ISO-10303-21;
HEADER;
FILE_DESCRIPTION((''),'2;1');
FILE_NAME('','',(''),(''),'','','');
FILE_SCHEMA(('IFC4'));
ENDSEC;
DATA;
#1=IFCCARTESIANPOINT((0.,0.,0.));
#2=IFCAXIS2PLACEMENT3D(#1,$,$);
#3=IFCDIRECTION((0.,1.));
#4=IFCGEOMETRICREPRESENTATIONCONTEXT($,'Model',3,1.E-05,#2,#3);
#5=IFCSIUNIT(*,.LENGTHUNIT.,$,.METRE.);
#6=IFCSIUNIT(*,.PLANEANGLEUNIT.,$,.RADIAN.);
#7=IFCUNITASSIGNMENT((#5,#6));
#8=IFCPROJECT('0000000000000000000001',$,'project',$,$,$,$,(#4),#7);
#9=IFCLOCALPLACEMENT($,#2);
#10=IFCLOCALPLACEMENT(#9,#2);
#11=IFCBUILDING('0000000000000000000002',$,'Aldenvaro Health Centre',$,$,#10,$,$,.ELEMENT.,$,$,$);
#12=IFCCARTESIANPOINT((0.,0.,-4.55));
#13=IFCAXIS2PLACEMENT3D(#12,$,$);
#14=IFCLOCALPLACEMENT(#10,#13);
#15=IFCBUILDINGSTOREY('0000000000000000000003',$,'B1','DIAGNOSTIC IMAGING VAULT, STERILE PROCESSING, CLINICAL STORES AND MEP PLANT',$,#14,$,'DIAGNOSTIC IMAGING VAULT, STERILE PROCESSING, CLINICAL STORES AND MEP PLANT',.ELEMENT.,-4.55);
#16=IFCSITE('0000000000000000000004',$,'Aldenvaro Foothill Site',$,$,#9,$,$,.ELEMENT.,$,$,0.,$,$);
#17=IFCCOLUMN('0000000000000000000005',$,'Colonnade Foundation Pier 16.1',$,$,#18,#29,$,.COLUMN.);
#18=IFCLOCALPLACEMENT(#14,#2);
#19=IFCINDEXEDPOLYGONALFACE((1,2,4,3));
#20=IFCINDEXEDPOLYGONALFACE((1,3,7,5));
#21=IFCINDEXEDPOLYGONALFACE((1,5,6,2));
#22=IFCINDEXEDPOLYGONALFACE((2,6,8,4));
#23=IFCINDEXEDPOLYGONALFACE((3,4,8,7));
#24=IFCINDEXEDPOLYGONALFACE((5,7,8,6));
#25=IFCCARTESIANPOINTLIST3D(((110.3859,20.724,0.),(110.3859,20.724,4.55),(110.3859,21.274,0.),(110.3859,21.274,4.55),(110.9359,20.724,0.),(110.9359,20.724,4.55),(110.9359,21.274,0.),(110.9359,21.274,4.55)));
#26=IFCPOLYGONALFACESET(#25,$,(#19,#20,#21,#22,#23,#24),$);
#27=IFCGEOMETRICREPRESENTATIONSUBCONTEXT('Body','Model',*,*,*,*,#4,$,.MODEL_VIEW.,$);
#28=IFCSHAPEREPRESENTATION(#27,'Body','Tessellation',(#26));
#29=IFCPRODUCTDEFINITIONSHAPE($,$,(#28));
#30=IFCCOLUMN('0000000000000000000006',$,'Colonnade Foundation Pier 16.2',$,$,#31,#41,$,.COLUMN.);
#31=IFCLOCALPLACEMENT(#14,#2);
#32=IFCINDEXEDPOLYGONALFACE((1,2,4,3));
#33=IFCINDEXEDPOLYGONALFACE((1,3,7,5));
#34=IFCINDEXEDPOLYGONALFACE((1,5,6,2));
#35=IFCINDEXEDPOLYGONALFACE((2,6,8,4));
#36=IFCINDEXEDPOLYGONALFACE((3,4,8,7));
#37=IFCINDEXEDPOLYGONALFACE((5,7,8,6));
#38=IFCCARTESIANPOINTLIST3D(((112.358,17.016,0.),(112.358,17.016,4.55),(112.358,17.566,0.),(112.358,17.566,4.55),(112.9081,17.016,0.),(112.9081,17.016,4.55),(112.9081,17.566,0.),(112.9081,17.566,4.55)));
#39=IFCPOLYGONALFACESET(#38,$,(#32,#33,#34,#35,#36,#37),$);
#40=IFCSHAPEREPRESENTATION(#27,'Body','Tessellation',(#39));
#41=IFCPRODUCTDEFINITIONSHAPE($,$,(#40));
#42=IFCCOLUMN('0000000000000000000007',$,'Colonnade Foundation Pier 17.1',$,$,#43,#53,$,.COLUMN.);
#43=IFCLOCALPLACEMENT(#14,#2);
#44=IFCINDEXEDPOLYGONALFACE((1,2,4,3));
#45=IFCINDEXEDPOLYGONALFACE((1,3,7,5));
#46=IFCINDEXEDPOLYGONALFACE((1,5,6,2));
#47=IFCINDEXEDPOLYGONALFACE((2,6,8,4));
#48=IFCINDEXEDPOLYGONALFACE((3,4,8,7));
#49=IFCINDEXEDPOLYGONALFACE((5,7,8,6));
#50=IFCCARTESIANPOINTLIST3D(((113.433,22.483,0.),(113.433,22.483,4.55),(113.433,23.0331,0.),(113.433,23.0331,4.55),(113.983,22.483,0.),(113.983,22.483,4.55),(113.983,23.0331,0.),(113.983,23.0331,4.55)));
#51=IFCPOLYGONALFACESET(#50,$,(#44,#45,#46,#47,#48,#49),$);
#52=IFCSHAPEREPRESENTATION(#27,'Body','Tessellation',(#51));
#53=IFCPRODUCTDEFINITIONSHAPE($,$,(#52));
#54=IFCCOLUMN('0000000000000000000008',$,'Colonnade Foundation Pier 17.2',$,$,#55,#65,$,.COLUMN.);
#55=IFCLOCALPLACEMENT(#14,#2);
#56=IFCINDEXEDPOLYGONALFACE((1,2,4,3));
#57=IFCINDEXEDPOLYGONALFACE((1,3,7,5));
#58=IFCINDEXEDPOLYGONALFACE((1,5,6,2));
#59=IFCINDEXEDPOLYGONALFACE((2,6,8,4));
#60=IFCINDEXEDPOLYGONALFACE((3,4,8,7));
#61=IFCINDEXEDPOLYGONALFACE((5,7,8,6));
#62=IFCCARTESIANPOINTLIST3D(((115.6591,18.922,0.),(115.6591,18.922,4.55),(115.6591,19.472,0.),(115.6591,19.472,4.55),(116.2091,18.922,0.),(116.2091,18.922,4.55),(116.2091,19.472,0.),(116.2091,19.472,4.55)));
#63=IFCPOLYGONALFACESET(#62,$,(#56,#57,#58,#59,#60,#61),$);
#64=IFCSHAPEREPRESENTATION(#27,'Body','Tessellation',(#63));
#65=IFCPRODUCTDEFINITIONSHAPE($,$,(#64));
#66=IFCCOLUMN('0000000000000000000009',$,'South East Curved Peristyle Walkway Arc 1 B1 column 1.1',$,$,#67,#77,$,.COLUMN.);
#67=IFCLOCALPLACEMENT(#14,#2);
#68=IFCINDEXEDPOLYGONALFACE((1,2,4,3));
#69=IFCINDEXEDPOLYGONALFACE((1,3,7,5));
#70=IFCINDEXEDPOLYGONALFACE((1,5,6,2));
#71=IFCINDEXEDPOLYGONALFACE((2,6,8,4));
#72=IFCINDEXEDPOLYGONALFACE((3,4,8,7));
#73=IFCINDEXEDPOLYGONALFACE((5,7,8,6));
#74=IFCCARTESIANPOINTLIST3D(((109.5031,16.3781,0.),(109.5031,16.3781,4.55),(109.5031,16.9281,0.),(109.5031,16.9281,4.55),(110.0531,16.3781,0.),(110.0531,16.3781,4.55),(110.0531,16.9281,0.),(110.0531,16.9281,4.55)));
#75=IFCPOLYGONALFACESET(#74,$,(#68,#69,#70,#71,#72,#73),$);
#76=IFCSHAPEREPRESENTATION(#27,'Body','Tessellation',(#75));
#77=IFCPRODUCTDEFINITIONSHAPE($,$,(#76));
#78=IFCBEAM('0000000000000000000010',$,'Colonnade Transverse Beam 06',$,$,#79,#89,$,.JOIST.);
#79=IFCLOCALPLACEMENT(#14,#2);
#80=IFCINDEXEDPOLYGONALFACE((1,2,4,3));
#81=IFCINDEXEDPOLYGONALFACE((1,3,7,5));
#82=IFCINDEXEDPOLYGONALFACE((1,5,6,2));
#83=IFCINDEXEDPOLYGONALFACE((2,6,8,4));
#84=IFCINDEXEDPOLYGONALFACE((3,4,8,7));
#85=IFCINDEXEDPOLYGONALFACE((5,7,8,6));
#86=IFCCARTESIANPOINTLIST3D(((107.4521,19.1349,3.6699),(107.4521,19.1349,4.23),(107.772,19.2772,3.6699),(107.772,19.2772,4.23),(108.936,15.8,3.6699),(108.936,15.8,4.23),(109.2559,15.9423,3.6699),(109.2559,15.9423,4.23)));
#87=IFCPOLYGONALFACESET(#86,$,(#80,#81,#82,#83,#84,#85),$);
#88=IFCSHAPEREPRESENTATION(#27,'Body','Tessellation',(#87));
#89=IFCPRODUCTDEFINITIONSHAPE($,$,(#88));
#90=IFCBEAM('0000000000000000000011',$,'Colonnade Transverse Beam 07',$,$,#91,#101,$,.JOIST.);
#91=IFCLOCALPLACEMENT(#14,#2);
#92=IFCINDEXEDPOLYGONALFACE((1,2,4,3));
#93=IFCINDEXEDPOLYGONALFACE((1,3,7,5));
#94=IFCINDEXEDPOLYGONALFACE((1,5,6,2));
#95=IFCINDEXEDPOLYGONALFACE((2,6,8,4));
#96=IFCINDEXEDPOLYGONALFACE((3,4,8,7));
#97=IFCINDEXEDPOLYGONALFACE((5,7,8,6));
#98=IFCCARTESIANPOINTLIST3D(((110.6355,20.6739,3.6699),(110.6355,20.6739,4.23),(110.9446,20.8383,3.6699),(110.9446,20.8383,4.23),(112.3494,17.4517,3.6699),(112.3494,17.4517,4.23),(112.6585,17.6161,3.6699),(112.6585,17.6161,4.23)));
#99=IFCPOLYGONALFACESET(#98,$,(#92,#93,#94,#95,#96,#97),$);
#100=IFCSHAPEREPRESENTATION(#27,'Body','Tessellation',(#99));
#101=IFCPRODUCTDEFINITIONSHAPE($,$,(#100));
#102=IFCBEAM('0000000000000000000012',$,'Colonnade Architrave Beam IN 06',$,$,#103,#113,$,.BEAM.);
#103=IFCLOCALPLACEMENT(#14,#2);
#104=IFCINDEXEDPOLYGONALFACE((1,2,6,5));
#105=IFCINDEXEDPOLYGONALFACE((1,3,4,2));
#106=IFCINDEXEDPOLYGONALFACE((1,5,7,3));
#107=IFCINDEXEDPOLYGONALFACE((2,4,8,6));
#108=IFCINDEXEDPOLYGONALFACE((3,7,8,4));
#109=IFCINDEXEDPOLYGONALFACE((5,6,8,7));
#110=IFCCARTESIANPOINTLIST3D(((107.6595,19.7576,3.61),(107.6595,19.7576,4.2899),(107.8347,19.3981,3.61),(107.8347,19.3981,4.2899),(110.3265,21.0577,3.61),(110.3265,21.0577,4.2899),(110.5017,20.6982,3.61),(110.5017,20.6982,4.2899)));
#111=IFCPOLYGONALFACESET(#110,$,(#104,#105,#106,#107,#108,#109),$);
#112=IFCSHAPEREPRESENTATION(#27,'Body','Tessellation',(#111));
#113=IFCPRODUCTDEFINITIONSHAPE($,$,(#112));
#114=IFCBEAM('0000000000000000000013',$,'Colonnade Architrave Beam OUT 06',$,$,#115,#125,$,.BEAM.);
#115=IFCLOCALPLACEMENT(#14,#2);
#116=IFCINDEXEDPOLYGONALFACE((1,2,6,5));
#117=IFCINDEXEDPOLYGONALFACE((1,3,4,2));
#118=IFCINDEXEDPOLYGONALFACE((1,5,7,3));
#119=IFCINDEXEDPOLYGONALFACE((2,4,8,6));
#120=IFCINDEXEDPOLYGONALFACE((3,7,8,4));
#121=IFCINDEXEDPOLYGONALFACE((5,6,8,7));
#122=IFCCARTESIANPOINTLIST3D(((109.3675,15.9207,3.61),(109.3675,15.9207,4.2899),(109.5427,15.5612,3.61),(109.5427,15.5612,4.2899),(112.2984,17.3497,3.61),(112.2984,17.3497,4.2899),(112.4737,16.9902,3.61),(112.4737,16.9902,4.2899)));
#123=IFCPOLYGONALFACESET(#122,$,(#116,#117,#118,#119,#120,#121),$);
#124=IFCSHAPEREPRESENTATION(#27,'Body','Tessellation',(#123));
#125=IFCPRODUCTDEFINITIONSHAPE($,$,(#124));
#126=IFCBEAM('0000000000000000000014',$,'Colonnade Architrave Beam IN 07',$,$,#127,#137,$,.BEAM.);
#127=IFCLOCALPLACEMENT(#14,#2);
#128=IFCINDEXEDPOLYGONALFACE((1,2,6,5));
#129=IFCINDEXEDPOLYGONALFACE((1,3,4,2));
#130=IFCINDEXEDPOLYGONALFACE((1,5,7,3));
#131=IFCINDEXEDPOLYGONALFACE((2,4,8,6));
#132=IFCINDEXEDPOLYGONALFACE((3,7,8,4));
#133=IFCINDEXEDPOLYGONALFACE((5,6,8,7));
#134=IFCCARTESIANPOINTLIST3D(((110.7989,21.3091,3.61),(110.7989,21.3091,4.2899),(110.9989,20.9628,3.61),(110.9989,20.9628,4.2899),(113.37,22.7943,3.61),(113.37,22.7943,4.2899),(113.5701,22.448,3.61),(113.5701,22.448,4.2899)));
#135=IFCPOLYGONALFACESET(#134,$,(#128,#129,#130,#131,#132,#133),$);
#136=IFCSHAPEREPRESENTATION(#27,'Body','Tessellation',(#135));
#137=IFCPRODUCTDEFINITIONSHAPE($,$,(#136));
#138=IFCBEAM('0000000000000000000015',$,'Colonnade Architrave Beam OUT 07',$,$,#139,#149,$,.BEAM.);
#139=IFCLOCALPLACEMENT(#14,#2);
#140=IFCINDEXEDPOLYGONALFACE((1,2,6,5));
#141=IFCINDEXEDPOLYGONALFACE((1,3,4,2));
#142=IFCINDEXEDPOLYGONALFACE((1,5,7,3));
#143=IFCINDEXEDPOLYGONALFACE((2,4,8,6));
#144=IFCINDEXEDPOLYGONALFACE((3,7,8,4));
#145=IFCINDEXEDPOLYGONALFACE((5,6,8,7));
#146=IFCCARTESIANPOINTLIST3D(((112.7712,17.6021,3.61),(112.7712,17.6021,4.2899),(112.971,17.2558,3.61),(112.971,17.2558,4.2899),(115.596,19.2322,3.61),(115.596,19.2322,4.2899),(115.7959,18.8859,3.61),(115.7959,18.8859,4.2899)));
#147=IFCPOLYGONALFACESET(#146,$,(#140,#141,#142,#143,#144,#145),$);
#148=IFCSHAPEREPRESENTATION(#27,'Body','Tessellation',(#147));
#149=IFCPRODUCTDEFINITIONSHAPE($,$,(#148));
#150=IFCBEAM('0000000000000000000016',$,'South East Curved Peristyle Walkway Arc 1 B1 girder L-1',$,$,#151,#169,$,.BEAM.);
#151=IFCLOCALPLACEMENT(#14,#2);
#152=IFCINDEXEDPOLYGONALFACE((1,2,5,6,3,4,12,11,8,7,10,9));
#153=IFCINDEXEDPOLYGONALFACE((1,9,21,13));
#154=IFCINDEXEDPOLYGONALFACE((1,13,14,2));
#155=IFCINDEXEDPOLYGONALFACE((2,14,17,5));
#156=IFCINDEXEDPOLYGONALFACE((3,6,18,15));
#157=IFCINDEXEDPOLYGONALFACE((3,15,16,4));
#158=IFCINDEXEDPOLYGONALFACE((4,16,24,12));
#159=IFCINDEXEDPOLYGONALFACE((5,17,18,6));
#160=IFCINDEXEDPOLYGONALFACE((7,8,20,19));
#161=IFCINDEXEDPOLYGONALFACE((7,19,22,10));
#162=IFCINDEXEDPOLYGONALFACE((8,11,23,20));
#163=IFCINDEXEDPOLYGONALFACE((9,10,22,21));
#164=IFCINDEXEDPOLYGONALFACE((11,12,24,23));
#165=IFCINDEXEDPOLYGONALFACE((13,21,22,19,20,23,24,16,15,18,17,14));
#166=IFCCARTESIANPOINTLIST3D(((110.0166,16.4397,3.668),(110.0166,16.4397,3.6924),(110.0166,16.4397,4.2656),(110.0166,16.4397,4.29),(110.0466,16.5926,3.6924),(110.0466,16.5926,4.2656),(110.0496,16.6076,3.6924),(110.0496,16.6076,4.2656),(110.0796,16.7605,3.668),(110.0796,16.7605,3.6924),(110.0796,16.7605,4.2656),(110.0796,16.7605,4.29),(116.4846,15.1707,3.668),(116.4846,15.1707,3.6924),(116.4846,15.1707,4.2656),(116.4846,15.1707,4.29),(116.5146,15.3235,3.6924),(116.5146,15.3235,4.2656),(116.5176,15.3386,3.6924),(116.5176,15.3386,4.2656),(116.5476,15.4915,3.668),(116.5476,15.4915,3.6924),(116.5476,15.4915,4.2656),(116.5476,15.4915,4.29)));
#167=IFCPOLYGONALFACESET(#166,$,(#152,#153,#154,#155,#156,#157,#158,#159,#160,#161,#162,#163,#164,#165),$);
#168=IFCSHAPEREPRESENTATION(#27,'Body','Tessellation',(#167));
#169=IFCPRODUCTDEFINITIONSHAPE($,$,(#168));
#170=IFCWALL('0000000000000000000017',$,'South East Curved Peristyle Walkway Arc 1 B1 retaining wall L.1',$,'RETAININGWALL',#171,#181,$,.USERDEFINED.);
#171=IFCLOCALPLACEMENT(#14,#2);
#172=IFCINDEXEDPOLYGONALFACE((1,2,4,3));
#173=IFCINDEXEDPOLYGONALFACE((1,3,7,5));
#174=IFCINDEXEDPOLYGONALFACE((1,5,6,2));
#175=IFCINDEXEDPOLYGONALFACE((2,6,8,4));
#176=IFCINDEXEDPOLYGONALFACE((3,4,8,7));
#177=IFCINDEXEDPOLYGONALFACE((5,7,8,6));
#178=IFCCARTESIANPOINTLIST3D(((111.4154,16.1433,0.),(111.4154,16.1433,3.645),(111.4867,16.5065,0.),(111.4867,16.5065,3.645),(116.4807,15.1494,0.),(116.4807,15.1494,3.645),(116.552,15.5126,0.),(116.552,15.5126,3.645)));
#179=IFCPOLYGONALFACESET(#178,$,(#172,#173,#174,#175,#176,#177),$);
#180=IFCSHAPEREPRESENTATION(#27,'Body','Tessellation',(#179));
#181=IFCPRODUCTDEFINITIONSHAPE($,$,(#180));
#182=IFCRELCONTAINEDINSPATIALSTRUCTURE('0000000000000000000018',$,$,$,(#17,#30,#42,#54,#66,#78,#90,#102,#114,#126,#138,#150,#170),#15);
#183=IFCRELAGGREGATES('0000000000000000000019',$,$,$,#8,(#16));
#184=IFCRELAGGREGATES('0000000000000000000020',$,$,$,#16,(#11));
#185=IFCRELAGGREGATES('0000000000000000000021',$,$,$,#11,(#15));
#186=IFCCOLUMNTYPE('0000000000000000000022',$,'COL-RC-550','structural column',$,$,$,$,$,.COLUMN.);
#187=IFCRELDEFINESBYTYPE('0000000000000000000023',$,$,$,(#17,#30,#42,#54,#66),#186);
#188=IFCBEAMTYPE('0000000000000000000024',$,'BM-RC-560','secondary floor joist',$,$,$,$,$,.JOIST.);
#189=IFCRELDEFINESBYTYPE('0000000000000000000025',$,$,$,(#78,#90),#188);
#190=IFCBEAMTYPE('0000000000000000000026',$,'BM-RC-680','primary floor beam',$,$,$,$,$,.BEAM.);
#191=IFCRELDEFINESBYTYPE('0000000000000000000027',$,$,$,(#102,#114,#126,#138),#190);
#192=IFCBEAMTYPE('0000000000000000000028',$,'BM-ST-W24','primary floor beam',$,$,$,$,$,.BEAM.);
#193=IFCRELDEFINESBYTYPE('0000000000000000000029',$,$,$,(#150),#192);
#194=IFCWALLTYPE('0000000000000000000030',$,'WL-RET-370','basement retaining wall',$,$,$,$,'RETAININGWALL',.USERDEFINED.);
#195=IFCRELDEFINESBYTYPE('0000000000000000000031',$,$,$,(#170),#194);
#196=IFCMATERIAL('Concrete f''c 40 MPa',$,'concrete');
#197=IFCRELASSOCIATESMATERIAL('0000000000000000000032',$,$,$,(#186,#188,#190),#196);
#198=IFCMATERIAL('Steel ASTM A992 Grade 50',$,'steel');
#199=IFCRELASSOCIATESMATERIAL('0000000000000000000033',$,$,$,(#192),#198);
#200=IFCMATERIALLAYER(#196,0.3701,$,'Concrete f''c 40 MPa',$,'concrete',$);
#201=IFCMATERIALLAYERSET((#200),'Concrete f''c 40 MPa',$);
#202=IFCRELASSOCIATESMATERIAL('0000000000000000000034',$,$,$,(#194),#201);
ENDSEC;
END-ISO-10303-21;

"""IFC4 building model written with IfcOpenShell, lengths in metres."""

from ifc_helpers import new_model, si_unit, direction, frame, frame_2d, origin, origin_2d, place, context, subcontext, project, spatial, rectangle, i_section, extrude, material, layer, layer_set, material_profile, profile_set, type_object, element, save


model = new_model("IFC4")

# Units and contexts
model_context = context("Model", 3, precision=1e-05, world=origin(), true_north=direction((0.0, 1.0)))
body_context = subcontext(model_context, "Body", "Model", "MODEL_VIEW")
ifc_project = project(units=[si_unit("LENGTHUNIT", "METRE"), si_unit("PLANEANGLEUNIT", "RADIAN")], contexts=[model_context])

# Site, building, storey
site_placement = place(None, origin())
site = spatial("IfcSite", under=ifc_project, at=site_placement, Name="Aldenvaro Foothill Site", CompositionType="ELEMENT", RefElevation=0.0)
building_placement = place(site_placement, origin())
building = spatial("IfcBuilding", under=site, at=building_placement, Name="Aldenvaro Health Centre", CompositionType="ELEMENT")
storey_placement = place(building_placement, frame((0.0, 0.0, -4.55)))
storey = spatial("IfcBuildingStorey", under=building, at=storey_placement, Name="B1", Description="DIAGNOSTIC IMAGING VAULT, STERILE PROCESSING, CLINICAL STORES AND MEP PLANT", LongName="DIAGNOSTIC IMAGING VAULT, STERILE PROCESSING, CLINICAL STORES AND MEP PLANT", CompositionType="ELEMENT", Elevation=-4.55)

# Shared definitions
ifc_material_1 = material(Name="Concrete f'c 40 MPa", Category="concrete")

# Columns
ifc_material_profile_1 = material_profile(ifc_material_1, rectangle(XDim=0.55, YDim=0.55, at=origin_2d()), Name="RC 550x550", Category="concrete")
ifc_profile_set_1 = profile_set([ifc_material_profile_1], Name="Concrete f'c 40 MPa")
column_type = type_object("IfcColumnType", Name="COL-RC-550", Description="structural column", PredefinedType="COLUMN", material=ifc_profile_set_1)
for number, where, z_axis, x_axis, name in (
    (1, (110.6609, 20.999, 0.0), (0.0, 0.0, 1.0), (1.0, 0.0, 0.0), "Colonnade Foundation Pier 16.1"),
    (2, (112.6331, 17.291, 0.0), (0.0, 0.0, 1.0), (1.0, 0.0, 0.0), "Colonnade Foundation Pier 16.2"),
    (3, (113.708, 22.7581, 0.0), (0.0, 0.0, 1.0), (1.0, 0.0, 0.0), "Colonnade Foundation Pier 17.1"),
    (4, (115.9341, 19.197, 0.0), (0.0, 0.0, 1.0), (1.0, 0.0, 0.0), "Colonnade Foundation Pier 17.2"),
    (5, (109.7781, 16.6531, 0.0), (0.0, 0.0, 1.0), (1.0, 0.0, 0.0), "South East Curved Peristyle Walkway Arc 1 B1 column 1.1"),
):
    element("IfcColumn", number, at=place(storey_placement, frame(where, z_axis=z_axis, x_axis=x_axis)), inside=storey, type_object=column_type, Name=name, PredefinedType="COLUMN", context=body_context, shape_type="SweptSolid", body=[
        extrude(rectangle(XDim=0.55, YDim=0.55, at=origin_2d()), origin(), (0.0, 0.0, 1.0), 4.55),
    ])

# Beams
ifc_material_profile_2 = material_profile(ifc_material_1, rectangle(XDim=0.3501, YDim=0.5601, at=origin_2d()), Name="RC 350x560", Category="concrete")
ifc_profile_set_2 = profile_set([ifc_material_profile_2], Name="Concrete f'c 40 MPa")
beam_type_1 = type_object("IfcBeamType", Name="BM-RC-560", Description="secondary floor joist", PredefinedType="JOIST", material=ifc_profile_set_2)
beam_1_placement = place(storey_placement, frame((107.6121, 19.2061, 3.95), z_axis=(0.406523, -0.91364, 0.0), x_axis=(0.91364, 0.406523, 0.0)))
element("IfcBeam", 6, at=beam_1_placement, inside=storey, type_object=beam_type_1, Name="Colonnade Transverse Beam 06", PredefinedType="JOIST", context=body_context, shape_type="SweptSolid", body=[
    extrude(rectangle(XDim=0.3501, YDim=0.5601, at=origin_2d()), origin(), (0.0, 0.0, 1.0), 3.6501),
])
beam_2_placement = place(storey_placement, frame((110.79, 20.7561, 3.95), z_axis=(0.469602, -0.882878, 0.0), x_axis=(0.882878, 0.469602, 0.0)))
element("IfcBeam", 7, at=beam_2_placement, inside=storey, type_object=beam_type_1, Name="Colonnade Transverse Beam 07", PredefinedType="JOIST", context=body_context, shape_type="SweptSolid", body=[
    extrude(rectangle(XDim=0.3501, YDim=0.5601, at=origin_2d()), origin(), (0.0, 0.0, 1.0), 3.6497),
])
ifc_material_profile_3 = material_profile(ifc_material_1, rectangle(XDim=0.3999, YDim=0.6799, at=origin_2d()), Name="RC 400x680", Category="concrete")
ifc_profile_set_3 = profile_set([ifc_material_profile_3], Name="Concrete f'c 40 MPa")
beam_type_2 = type_object("IfcBeamType", Name="BM-RC-680", Description="primary floor beam", PredefinedType="BEAM", material=ifc_profile_set_3)
beam_3_placement = place(storey_placement, frame((107.7471, 19.5779, 3.95), z_axis=(0.898891, 0.438172, 0.0), x_axis=(-0.438172, 0.898891, 0.0)))
element("IfcBeam", 8, at=beam_3_placement, inside=storey, type_object=beam_type_2, Name="Colonnade Architrave Beam IN 06", PredefinedType="BEAM", context=body_context, shape_type="SweptSolid", body=[
    extrude(rectangle(XDim=0.3999, YDim=0.6799, at=origin_2d()), origin(), (0.0, 0.0, 1.0), 2.967),
])
beam_4_placement = place(storey_placement, frame((109.4551, 15.741, 3.95), z_axis=(0.89886, 0.438236, 0.0), x_axis=(-0.438236, 0.89886, 0.0)))
element("IfcBeam", 9, at=beam_4_placement, inside=storey, type_object=beam_type_2, Name="Colonnade Architrave Beam OUT 06", PredefinedType="BEAM", context=body_context, shape_type="SweptSolid", body=[
    extrude(rectangle(XDim=0.3999, YDim=0.6799, at=origin_2d()), origin(), (0.0, 0.0, 1.0), 3.2607),
])
beam_5_placement = place(storey_placement, frame((110.8989, 21.136, 3.95), z_axis=(0.865921, 0.50018, 0.0), x_axis=(-0.50018, 0.865921, 0.0)))
element("IfcBeam", 10, at=beam_5_placement, inside=storey, type_object=beam_type_2, Name="Colonnade Architrave Beam IN 07", PredefinedType="BEAM", context=body_context, shape_type="SweptSolid", body=[
    extrude(rectangle(XDim=0.3999, YDim=0.6799, at=origin_2d()), origin(), (0.0, 0.0, 1.0), 2.9692),
])
beam_6_placement = place(storey_placement, frame((112.8711, 17.429, 3.95), z_axis=(0.866139, 0.499802, 0.0), x_axis=(-0.499802, 0.866139, 0.0)))
element("IfcBeam", 11, at=beam_6_placement, inside=storey, type_object=beam_type_2, Name="Colonnade Architrave Beam OUT 07", PredefinedType="BEAM", context=body_context, shape_type="SweptSolid", body=[
    extrude(rectangle(XDim=0.3999, YDim=0.6799, at=origin_2d()), origin(), (0.0, 0.0, 1.0), 3.2615),
])
ifc_material_2 = material(Name="Steel ASTM A992 Grade 50", Category="steel")
ifc_material_profile_4 = material_profile(ifc_material_2, i_section(OverallWidth=0.3269, OverallDepth=0.6221, WebThickness=0.0154, FlangeThickness=0.0244, at=origin_2d()), Name="W24X131", Category="steel")
ifc_profile_set_4 = profile_set([ifc_material_profile_4], Name="Steel ASTM A992 Grade 50")
beam_type_3 = type_object("IfcBeamType", Name="BM-ST-W24", Description="primary floor beam", PredefinedType="BEAM", material=ifc_profile_set_4)
beam_7_placement = place(storey_placement, frame((110.0481, 16.6001, 3.979), z_axis=(0.981291, -0.192532, 0.0), x_axis=(0.192532, 0.981291, 0.0)))
element("IfcBeam", 12, at=beam_7_placement, inside=storey, type_object=beam_type_3, Name="South East Curved Peristyle Walkway Arc 1 B1 girder L-1", PredefinedType="BEAM", context=body_context, shape_type="SweptSolid", body=[
    extrude(i_section(OverallWidth=0.3269, OverallDepth=0.6221, WebThickness=0.0154, FlangeThickness=0.0244, at=origin_2d()), origin(), (0.0, 0.0, 1.0), 6.5913),
])

# Wall
ifc_layer = layer(ifc_material_1, 0.3701, Name="Concrete f'c 40 MPa", Category="concrete")
ifc_layer_set = layer_set([ifc_layer], Name="Concrete f'c 40 MPa")
wall_type = type_object("IfcWallType", Name="WL-RET-370", Description="basement retaining wall", ElementType="RETAININGWALL", PredefinedType="USERDEFINED", material=ifc_layer_set)
wall_placement = place(storey_placement, frame((111.4509, 16.325, 0.0), z_axis=(0.0, 0.0, 1.0), x_axis=(0.981287, -0.192549, 0.0)))
element("IfcWall", 13, at=wall_placement, inside=storey, type_object=wall_type, Name="South East Curved Peristyle Walkway Arc 1 B1 retaining wall L.1", ObjectType="RETAININGWALL", PredefinedType="USERDEFINED", context=body_context, shape_type="SweptSolid", body=[
    extrude(rectangle(XDim=5.1619, YDim=0.3701, at=frame_2d((2.5811, 0.0))), origin(), (0.0, 0.0, 1.0), 3.645),
])

save(model, "model.ifc")
